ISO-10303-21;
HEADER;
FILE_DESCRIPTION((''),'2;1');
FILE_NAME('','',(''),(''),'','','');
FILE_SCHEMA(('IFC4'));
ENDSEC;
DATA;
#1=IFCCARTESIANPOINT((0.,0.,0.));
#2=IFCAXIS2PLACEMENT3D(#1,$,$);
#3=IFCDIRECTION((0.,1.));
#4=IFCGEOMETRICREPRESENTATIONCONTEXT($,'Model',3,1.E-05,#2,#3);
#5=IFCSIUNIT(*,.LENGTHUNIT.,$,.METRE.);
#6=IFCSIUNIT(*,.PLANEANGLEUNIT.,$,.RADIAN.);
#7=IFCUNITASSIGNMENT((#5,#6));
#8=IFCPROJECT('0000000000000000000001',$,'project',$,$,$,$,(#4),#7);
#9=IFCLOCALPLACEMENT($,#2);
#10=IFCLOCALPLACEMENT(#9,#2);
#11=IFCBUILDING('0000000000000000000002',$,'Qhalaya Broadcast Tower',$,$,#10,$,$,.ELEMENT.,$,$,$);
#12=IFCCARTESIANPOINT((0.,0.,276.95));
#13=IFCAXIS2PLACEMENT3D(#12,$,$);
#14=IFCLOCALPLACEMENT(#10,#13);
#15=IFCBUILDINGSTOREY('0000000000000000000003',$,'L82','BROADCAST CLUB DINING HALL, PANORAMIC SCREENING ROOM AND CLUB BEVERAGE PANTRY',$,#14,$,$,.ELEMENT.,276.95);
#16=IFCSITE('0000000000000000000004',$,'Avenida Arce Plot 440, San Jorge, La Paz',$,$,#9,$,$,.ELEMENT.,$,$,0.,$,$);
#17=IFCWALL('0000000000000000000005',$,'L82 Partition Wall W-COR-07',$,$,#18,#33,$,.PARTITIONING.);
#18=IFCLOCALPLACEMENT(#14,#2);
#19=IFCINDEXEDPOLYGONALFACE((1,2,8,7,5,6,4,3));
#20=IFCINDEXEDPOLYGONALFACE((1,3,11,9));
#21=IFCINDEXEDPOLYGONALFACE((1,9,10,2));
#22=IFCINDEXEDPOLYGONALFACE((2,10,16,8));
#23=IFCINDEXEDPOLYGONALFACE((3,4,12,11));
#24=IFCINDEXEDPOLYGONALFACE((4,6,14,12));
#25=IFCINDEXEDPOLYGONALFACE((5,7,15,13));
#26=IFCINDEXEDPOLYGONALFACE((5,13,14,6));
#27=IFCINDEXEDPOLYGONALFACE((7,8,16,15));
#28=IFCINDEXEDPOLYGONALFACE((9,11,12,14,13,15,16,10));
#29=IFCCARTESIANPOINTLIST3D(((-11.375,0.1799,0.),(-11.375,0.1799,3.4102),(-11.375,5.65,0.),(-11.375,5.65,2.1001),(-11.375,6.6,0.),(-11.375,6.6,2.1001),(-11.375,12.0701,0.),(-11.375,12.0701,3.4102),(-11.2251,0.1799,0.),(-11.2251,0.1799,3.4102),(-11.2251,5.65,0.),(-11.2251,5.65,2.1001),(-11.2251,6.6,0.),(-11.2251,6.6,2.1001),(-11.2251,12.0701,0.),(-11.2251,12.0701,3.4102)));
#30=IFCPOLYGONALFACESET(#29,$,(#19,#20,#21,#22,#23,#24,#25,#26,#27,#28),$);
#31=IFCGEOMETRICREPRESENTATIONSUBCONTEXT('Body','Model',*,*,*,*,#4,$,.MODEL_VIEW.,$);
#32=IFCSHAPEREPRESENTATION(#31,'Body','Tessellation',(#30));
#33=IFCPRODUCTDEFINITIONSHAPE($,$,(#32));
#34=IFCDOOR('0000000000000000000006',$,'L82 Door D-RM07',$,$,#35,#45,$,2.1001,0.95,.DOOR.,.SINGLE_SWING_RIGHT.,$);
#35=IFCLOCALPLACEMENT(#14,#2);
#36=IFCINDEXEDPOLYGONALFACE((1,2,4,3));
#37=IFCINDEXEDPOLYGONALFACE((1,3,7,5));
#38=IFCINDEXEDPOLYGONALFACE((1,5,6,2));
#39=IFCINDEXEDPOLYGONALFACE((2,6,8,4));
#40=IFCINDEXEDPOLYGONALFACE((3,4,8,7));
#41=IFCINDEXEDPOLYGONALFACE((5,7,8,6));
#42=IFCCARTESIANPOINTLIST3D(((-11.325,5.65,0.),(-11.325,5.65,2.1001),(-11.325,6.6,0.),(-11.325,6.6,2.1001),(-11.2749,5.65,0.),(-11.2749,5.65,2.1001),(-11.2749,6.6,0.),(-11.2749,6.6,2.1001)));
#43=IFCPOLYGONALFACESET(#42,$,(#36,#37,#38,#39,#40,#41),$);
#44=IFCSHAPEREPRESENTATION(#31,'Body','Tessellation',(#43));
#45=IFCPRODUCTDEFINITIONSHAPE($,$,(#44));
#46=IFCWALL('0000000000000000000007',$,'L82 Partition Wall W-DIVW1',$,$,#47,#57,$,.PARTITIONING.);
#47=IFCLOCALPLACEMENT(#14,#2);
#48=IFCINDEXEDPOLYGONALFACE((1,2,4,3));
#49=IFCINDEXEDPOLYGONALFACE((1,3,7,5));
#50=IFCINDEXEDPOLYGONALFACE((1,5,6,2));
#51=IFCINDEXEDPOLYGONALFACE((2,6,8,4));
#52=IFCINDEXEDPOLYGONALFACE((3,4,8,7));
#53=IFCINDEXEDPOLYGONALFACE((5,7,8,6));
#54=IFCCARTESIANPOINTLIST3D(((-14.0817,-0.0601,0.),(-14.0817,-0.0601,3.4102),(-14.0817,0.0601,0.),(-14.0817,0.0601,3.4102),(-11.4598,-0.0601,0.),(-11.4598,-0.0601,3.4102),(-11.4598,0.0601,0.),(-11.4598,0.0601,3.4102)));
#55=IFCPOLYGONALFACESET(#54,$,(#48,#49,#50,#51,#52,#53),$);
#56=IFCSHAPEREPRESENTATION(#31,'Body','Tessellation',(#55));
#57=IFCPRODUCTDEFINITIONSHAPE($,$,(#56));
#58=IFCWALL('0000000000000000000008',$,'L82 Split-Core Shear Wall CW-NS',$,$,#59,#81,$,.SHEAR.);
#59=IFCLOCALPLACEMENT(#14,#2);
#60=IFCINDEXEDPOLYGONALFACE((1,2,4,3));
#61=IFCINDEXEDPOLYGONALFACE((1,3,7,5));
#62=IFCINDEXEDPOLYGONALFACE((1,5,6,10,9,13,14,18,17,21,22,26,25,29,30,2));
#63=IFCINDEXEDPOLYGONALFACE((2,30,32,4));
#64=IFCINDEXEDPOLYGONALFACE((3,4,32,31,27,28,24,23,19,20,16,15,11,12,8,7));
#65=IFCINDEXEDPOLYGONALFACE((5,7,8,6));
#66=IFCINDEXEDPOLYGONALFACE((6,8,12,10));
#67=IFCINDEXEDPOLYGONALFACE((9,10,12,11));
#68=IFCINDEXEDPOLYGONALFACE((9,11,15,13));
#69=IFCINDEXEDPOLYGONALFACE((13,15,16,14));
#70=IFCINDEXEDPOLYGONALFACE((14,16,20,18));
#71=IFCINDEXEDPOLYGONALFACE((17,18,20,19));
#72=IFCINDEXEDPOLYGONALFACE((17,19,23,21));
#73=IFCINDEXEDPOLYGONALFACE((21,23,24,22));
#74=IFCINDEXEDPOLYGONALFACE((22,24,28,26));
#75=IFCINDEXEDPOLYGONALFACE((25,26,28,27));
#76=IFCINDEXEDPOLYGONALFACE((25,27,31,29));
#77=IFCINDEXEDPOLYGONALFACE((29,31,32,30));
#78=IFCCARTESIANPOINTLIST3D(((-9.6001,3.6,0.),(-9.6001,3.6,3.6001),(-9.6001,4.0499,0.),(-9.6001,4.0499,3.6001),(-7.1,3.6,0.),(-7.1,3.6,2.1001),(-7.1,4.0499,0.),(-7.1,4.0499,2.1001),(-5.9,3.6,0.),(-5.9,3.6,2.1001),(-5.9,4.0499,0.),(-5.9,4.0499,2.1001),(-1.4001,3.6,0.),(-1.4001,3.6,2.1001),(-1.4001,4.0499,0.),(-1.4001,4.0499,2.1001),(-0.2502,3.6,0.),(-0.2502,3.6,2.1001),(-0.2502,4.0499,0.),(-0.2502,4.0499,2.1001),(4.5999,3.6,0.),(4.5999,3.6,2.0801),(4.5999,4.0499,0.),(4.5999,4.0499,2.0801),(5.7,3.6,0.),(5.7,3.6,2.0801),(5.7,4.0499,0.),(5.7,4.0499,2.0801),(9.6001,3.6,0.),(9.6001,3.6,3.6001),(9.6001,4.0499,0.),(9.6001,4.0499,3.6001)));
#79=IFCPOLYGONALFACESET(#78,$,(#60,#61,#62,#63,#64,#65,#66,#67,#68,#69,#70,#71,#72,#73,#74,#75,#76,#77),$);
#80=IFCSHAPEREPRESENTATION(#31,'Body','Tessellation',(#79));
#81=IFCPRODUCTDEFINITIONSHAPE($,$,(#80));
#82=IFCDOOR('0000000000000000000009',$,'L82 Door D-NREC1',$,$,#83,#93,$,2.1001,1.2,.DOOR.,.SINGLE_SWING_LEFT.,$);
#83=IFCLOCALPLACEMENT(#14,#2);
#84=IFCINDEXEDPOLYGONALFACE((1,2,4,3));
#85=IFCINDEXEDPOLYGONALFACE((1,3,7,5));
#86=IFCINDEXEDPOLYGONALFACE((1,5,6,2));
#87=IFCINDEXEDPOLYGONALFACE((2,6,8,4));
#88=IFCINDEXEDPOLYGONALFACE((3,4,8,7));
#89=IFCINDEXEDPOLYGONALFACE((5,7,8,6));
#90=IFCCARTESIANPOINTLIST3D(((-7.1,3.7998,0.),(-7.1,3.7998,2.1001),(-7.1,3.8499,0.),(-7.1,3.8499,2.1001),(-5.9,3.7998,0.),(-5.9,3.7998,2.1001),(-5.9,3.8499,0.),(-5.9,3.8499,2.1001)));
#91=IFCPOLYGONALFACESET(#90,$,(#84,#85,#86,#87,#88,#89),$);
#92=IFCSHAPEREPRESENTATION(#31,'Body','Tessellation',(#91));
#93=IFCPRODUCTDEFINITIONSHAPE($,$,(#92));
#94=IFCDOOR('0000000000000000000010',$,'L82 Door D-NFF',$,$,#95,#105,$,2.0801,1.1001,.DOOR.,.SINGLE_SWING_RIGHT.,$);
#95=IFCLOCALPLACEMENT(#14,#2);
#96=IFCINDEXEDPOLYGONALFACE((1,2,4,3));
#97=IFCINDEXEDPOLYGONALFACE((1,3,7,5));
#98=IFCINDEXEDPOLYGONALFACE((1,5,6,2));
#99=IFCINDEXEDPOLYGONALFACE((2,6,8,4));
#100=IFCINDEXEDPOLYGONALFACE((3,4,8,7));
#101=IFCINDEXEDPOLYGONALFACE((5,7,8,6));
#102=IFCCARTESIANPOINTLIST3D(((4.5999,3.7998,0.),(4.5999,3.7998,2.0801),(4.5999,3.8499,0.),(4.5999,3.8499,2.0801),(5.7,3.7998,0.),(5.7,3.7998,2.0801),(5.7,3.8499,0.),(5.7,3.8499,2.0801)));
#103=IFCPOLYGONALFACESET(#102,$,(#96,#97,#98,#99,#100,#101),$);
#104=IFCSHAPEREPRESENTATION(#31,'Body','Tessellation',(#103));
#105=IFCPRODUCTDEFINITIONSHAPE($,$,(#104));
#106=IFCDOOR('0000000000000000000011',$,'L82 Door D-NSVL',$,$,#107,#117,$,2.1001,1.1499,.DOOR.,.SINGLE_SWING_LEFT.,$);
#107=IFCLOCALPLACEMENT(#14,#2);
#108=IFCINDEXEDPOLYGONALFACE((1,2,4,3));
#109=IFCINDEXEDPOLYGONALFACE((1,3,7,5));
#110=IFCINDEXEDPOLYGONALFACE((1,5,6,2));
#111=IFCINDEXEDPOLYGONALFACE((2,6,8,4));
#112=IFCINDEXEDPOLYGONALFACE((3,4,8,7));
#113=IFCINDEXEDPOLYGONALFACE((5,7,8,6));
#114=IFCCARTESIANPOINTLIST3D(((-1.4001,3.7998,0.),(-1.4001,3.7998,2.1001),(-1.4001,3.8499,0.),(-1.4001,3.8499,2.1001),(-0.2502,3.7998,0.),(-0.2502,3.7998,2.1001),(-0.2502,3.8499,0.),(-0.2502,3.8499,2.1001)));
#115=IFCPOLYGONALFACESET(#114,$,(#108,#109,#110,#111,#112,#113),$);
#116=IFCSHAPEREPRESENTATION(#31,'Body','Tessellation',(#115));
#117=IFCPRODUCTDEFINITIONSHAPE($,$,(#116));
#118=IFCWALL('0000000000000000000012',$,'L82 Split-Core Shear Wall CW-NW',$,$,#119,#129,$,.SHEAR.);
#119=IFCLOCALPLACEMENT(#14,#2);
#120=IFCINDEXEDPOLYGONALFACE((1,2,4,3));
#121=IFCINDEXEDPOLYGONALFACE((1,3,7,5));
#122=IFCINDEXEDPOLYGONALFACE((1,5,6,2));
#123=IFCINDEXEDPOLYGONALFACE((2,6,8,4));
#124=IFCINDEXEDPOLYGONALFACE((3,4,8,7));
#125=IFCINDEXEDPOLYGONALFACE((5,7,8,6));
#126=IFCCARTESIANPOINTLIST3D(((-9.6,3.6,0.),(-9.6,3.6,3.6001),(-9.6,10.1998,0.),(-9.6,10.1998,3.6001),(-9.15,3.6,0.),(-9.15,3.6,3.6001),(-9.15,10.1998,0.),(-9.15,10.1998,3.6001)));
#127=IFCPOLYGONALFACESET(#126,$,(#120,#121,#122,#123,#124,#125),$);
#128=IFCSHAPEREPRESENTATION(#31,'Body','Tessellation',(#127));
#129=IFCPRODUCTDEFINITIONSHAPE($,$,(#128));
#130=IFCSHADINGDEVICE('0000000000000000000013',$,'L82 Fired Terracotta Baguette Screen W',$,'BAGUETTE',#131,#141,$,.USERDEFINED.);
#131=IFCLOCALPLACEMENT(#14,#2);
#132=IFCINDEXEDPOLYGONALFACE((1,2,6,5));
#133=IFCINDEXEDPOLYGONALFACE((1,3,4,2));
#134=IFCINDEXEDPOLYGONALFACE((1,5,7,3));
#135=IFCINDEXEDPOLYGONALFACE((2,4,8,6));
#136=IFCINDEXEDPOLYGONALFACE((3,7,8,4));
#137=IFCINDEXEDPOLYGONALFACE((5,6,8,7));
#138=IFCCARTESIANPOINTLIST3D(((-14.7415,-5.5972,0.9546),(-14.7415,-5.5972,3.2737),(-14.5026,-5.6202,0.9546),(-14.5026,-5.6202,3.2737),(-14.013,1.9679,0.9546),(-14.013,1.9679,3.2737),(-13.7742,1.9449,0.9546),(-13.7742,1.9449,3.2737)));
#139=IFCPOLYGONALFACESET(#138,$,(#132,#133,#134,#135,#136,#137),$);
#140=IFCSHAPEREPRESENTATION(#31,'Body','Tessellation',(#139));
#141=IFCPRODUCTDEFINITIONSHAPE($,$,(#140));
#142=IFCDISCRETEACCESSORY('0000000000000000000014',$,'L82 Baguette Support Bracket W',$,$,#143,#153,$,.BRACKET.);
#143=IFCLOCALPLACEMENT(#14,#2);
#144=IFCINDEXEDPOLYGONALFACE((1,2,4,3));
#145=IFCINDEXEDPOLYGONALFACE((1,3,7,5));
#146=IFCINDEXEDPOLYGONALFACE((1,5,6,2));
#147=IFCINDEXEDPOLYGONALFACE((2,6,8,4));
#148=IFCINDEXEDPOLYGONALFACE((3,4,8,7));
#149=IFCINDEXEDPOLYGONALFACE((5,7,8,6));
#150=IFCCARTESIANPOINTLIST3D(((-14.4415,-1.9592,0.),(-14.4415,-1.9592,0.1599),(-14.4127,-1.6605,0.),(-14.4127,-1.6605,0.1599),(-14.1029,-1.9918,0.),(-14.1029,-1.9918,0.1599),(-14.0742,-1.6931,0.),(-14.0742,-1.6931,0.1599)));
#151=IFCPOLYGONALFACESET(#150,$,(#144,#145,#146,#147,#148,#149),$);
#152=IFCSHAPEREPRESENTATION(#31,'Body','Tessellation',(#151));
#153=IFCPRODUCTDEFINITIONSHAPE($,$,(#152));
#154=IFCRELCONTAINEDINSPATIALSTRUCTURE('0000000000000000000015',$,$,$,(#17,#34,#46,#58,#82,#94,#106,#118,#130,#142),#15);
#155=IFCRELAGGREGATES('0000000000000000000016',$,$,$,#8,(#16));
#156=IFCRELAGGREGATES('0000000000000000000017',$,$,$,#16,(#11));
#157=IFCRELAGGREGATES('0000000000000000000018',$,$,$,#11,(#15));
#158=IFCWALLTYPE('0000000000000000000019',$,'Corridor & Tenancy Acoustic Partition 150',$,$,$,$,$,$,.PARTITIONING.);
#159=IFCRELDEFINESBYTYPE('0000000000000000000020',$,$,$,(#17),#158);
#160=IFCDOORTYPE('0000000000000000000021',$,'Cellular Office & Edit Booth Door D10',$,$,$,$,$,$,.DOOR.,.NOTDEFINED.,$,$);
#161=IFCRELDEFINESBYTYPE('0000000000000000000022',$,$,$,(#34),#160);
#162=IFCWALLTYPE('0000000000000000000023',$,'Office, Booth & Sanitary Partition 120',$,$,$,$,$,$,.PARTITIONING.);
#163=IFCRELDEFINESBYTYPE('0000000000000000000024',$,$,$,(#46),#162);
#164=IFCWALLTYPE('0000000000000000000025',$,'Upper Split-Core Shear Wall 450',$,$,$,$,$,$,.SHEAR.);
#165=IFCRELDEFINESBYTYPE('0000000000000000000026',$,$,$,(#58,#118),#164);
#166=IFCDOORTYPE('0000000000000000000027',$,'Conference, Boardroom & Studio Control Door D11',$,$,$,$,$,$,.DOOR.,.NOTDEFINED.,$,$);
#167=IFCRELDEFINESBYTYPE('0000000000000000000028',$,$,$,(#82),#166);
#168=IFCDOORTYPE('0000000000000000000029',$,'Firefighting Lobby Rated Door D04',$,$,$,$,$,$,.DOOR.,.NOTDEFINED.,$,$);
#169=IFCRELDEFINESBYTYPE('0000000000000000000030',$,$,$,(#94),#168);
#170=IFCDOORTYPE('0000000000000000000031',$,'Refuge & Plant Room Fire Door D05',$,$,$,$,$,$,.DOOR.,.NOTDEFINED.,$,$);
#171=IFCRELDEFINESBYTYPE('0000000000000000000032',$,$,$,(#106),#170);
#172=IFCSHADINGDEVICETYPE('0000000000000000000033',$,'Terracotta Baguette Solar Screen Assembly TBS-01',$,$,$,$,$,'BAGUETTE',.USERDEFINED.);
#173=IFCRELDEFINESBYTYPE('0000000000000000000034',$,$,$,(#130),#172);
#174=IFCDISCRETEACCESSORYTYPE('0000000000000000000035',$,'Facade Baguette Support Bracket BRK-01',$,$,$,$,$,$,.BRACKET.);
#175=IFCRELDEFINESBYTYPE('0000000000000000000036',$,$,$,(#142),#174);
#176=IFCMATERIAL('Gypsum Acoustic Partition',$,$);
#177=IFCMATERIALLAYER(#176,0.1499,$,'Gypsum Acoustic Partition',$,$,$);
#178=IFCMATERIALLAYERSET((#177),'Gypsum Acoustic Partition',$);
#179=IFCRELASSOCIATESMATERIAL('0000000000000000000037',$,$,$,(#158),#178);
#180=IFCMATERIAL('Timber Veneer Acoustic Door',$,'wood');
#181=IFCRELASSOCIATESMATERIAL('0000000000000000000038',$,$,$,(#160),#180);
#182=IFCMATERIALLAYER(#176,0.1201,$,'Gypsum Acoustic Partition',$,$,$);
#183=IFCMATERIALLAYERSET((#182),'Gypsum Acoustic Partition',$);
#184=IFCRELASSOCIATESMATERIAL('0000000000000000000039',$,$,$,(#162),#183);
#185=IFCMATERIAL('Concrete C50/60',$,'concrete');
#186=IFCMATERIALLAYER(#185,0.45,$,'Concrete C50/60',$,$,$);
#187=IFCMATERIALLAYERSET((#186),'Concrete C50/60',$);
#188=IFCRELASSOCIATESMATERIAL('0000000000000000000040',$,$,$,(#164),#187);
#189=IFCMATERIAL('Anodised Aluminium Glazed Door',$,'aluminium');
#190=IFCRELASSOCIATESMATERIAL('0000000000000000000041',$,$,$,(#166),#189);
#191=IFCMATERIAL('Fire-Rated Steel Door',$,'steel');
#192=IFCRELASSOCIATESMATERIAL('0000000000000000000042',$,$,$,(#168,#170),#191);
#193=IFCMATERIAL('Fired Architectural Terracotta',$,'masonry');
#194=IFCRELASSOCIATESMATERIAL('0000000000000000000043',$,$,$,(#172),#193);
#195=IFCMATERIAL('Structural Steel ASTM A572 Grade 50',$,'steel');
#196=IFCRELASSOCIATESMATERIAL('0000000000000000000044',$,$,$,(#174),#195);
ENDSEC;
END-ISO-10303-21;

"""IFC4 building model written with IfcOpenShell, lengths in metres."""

from ifc_helpers import new_model, si_unit, direction, frame, frame_2d, origin, origin_2d, place, context, subcontext, project, spatial, rectangle, extrude, material, layer, layer_set, type_object, element, fill, save


model = new_model("IFC4")

# Units and contexts
model_context = context("Model", 3, precision=1e-05, world=origin(), true_north=direction((0.0, 1.0)))
body_context = subcontext(model_context, "Body", "Model", "MODEL_VIEW")
ifc_project = project(units=[si_unit("LENGTHUNIT", "METRE"), si_unit("PLANEANGLEUNIT", "RADIAN")], contexts=[model_context])

# Site, building, storey
site_placement = place(None, origin())
site = spatial("IfcSite", under=ifc_project, at=site_placement, Name="Avenida Arce Plot 440, San Jorge, La Paz", CompositionType="ELEMENT", RefElevation=0.0)
building_placement = place(site_placement, origin())
building = spatial("IfcBuilding", under=site, at=building_placement, Name="Qhalaya Broadcast Tower", CompositionType="ELEMENT")
storey_placement = place(building_placement, frame((0.0, 0.0, 276.95)))
storey = spatial("IfcBuildingStorey", under=building, at=storey_placement, Name="L82", Description="BROADCAST CLUB DINING HALL, PANORAMIC SCREENING ROOM AND CLUB BEVERAGE PANTRY", CompositionType="ELEMENT", Elevation=276.95)

# Shared definitions
ifc_material_1 = material(Name="Structural Steel ASTM A572 Grade 50", Category="steel")

# Wall, opening, door
ifc_material_2 = material(Name="Gypsum Acoustic Partition")
ifc_layer_1 = layer(ifc_material_2, 0.1499, Name="Gypsum Acoustic Partition")
ifc_layer_set_1 = layer_set([ifc_layer_1], Name="Gypsum Acoustic Partition")
wall_type_1 = type_object("IfcWallType", Name="Corridor & Tenancy Acoustic Partition 150", PredefinedType="PARTITIONING", material=ifc_layer_set_1)
wall_1_placement = place(storey_placement, frame((-11.3, 0.1799, 0.0), z_axis=(0.0, 0.0, 1.0), x_axis=(0.0, 1.0, 0.0)))
wall_1 = element("IfcWall", 1, at=wall_1_placement, inside=storey, type_object=wall_type_1, Name="L82 Partition Wall W-COR-07", PredefinedType="PARTITIONING", context=body_context, shape_type="SweptSolid", body=[
    extrude(rectangle(XDim=11.8901, YDim=0.1499, at=frame_2d((5.9451, 0.0))), origin(), (0.0, 0.0, 1.0), 3.4102),
])
opening_1_placement = place(wall_1_placement, frame((5.47, 0.0, 0.0)))
opening_1 = element("IfcOpeningElement", 2, at=opening_1_placement, cuts=wall_1, PredefinedType="OPENING", context=body_context, shape_type="SweptSolid", body=[
    extrude(rectangle(XDim=0.95, YDim=2.1001, at=frame_2d((0.4751, 1.05))), frame((0.0, 0.0869, 0.0), z_axis=(0.0, -1.0, 0.0), x_axis=(1.0, 0.0, 0.0)), (0.0, 0.0, 1.0), 0.1738),
])
ifc_material_3 = material(Name="Timber Veneer Acoustic Door", Category="wood")
door_type_1 = type_object("IfcDoorType", Name="Cellular Office & Edit Booth Door D10", OperationType="NOTDEFINED", PredefinedType="DOOR", material=ifc_material_3)
door_1_placement = place(opening_1_placement, origin())
door_1 = element("IfcDoor", 3, at=door_1_placement, inside=storey, type_object=door_type_1, Name="L82 Door D-RM07", OperationType="SINGLE_SWING_RIGHT", OverallHeight=2.1001, OverallWidth=0.95, PredefinedType="DOOR", context=body_context, shape_type="SweptSolid", body=[
    extrude(rectangle(XDim=0.95, YDim=2.1001, at=frame_2d((0.4751, 1.05))), frame((0.0, 0.0249, 0.0), z_axis=(0.0, -1.0, 0.0), x_axis=(1.0, 0.0, 0.0)), (0.0, 0.0, 1.0), 0.05),
])
fill(opening_1, door_1)

# Wall
ifc_layer_2 = layer(ifc_material_2, 0.1201, Name="Gypsum Acoustic Partition")
ifc_layer_set_2 = layer_set([ifc_layer_2], Name="Gypsum Acoustic Partition")
wall_type_2 = type_object("IfcWallType", Name="Office, Booth & Sanitary Partition 120", PredefinedType="PARTITIONING", material=ifc_layer_set_2)
wall_2_placement = place(storey_placement, frame((-14.0818, 0.0, 0.0), z_axis=(0.0, 0.0, 1.0), x_axis=(1.0, 0.0, 0.0)))
element("IfcWall", 4, at=wall_2_placement, inside=storey, type_object=wall_type_2, Name="L82 Partition Wall W-DIVW1", PredefinedType="PARTITIONING", context=body_context, shape_type="SweptSolid", body=[
    extrude(rectangle(XDim=2.6218, YDim=0.1201, at=frame_2d((1.311, 0.0))), origin(), (0.0, 0.0, 1.0), 3.4102),
])

# Wall, openings, doors
ifc_material_4 = material(Name="Concrete C50/60", Category="concrete")
ifc_layer_3 = layer(ifc_material_4, 0.45, Name="Concrete C50/60")
ifc_layer_set_3 = layer_set([ifc_layer_3], Name="Concrete C50/60")
wall_type_3 = type_object("IfcWallType", Name="Upper Split-Core Shear Wall 450", PredefinedType="SHEAR", material=ifc_layer_set_3)
wall_3_placement = place(storey_placement, frame((-9.6001, 3.825, 0.0), z_axis=(0.0, 0.0, 1.0), x_axis=(1.0, 0.0, 0.0)))
wall_3 = element("IfcWall", 5, at=wall_3_placement, inside=storey, type_object=wall_type_3, Name="L82 Split-Core Shear Wall CW-NS", PredefinedType="SHEAR", context=body_context, shape_type="SweptSolid", body=[
    extrude(rectangle(XDim=19.2002, YDim=0.45, at=frame_2d((9.6001, 0.0))), origin(), (0.0, 0.0, 1.0), 3.6001),
])
opening_2_placement = place(wall_3_placement, frame((14.2, 0.0, 0.0)))
opening_2 = element("IfcOpeningElement", 6, at=opening_2_placement, cuts=wall_3, PredefinedType="OPENING", context=body_context, shape_type="SweptSolid", body=[
    extrude(rectangle(XDim=1.1001, YDim=2.0801, at=frame_2d((0.55, 1.04))), frame((0.0, 0.2371, 0.0), z_axis=(0.0, -1.0, 0.0), x_axis=(1.0, 0.0, 0.0)), (0.0, 0.0, 1.0), 0.4739),
])
opening_3_placement = place(wall_3_placement, frame((8.2, 0.0, 0.0)))
opening_3 = element("IfcOpeningElement", 7, at=opening_3_placement, cuts=wall_3, PredefinedType="OPENING", context=body_context, shape_type="SweptSolid", body=[
    extrude(rectangle(XDim=1.1499, YDim=2.1001, at=frame_2d((0.575, 1.05))), frame((0.0, 0.2371, 0.0), z_axis=(0.0, -1.0, 0.0), x_axis=(1.0, 0.0, 0.0)), (0.0, 0.0, 1.0), 0.4739),
])
opening_4_placement = place(wall_3_placement, frame((2.5, 0.0, 0.0)))
opening_4 = element("IfcOpeningElement", 8, at=opening_4_placement, cuts=wall_3, PredefinedType="OPENING", context=body_context, shape_type="SweptSolid", body=[
    extrude(rectangle(XDim=1.2, YDim=2.1001, at=frame_2d((0.6001, 1.05))), frame((0.0, 0.2371, 0.0), z_axis=(0.0, -1.0, 0.0), x_axis=(1.0, 0.0, 0.0)), (0.0, 0.0, 1.0), 0.4739),
])
ifc_material_5 = material(Name="Anodised Aluminium Glazed Door", Category="aluminium")
door_type_2 = type_object("IfcDoorType", Name="Conference, Boardroom & Studio Control Door D11", OperationType="NOTDEFINED", PredefinedType="DOOR", material=ifc_material_5)
door_2_placement = place(opening_4_placement, origin())
door_2 = element("IfcDoor", 9, at=door_2_placement, inside=storey, type_object=door_type_2, Name="L82 Door D-NREC1", OperationType="SINGLE_SWING_LEFT", OverallHeight=2.1001, OverallWidth=1.2, PredefinedType="DOOR", context=body_context, shape_type="SweptSolid", body=[
    extrude(rectangle(XDim=1.2, YDim=2.1001, at=frame_2d((0.6001, 1.05))), frame((0.0, 0.0249, 0.0), z_axis=(0.0, -1.0, 0.0), x_axis=(1.0, 0.0, 0.0)), (0.0, 0.0, 1.0), 0.05),
])
fill(opening_4, door_2)
ifc_material_6 = material(Name="Fire-Rated Steel Door", Category="steel")
door_type_3 = type_object("IfcDoorType", Name="Firefighting Lobby Rated Door D04", OperationType="NOTDEFINED", PredefinedType="DOOR", material=ifc_material_6)
door_3_placement = place(opening_2_placement, origin())
door_3 = element("IfcDoor", 10, at=door_3_placement, inside=storey, type_object=door_type_3, Name="L82 Door D-NFF", OperationType="SINGLE_SWING_RIGHT", OverallHeight=2.0801, OverallWidth=1.1001, PredefinedType="DOOR", context=body_context, shape_type="SweptSolid", body=[
    extrude(rectangle(XDim=1.1001, YDim=2.0801, at=frame_2d((0.55, 1.04))), frame((0.0, 0.0249, 0.0), z_axis=(0.0, -1.0, 0.0), x_axis=(1.0, 0.0, 0.0)), (0.0, 0.0, 1.0), 0.05),
])
fill(opening_2, door_3)
door_type_4 = type_object("IfcDoorType", Name="Refuge & Plant Room Fire Door D05", OperationType="NOTDEFINED", PredefinedType="DOOR", material=ifc_material_6)
door_4_placement = place(opening_3_placement, origin())
door_4 = element("IfcDoor", 11, at=door_4_placement, inside=storey, type_object=door_type_4, Name="L82 Door D-NSVL", OperationType="SINGLE_SWING_LEFT", OverallHeight=2.1001, OverallWidth=1.1499, PredefinedType="DOOR", context=body_context, shape_type="SweptSolid", body=[
    extrude(rectangle(XDim=1.1499, YDim=2.1001, at=frame_2d((0.575, 1.05))), frame((0.0, 0.0249, 0.0), z_axis=(0.0, -1.0, 0.0), x_axis=(1.0, 0.0, 0.0)), (0.0, 0.0, 1.0), 0.05),
])
fill(opening_3, door_4)

# Wall
wall_4_placement = place(storey_placement, frame((-9.375, 3.6001, 0.0), z_axis=(0.0, 0.0, 1.0), x_axis=(0.0, 1.0, 0.0)))
element("IfcWall", 12, at=wall_4_placement, inside=storey, type_object=wall_type_3, Name="L82 Split-Core Shear Wall CW-NW", PredefinedType="SHEAR", context=body_context, shape_type="SweptSolid", body=[
    extrude(rectangle(XDim=6.5999, YDim=0.45, at=frame_2d((3.2998, 0.0))), origin(), (0.0, 0.0, 1.0), 3.6001),
])

# Shading device
ifc_material_7 = material(Name="Fired Architectural Terracotta", Category="masonry")
shading_device_type = type_object("IfcShadingDeviceType", Name="Terracotta Baguette Solar Screen Assembly TBS-01", ElementType="BAGUETTE", PredefinedType="USERDEFINED", material=ifc_material_7)
shading_device_placement = place(storey_placement, frame((-14.2578, -1.8262, 0.9546), z_axis=(0.0, 0.0, 1.0), x_axis=(-0.095846, -0.995396, 0.0)))
element("IfcShadingDevice", 13, at=shading_device_placement, inside=storey, type_object=shading_device_type, Name="L82 Fired Terracotta Baguette Screen W", ObjectType="BAGUETTE", PredefinedType="USERDEFINED", context=body_context, shape_type="SweptSolid", body=[
    extrude(rectangle(XDim=7.6001, YDim=0.24, at=origin_2d()), origin(), (0.0, 0.0, 1.0), 2.3191),
])

# Discrete accessory
discrete_accessory_type = type_object("IfcDiscreteAccessoryType", Name="Facade Baguette Support Bracket BRK-01", PredefinedType="BRACKET", material=ifc_material_1)
discrete_accessory_placement = place(storey_placement, frame((-14.2578, -1.8262, 0.0), z_axis=(0.0, 0.0, 1.0), x_axis=(-0.095846, -0.995396, 0.0)))
element("IfcDiscreteAccessory", 14, at=discrete_accessory_placement, inside=storey, type_object=discrete_accessory_type, Name="L82 Baguette Support Bracket W", PredefinedType="BRACKET", context=body_context, shape_type="SweptSolid", body=[
    extrude(rectangle(XDim=0.3, YDim=0.3401, at=origin_2d()), origin(), (0.0, 0.0, 1.0), 0.1599),
])

save(model, "model.ifc")
